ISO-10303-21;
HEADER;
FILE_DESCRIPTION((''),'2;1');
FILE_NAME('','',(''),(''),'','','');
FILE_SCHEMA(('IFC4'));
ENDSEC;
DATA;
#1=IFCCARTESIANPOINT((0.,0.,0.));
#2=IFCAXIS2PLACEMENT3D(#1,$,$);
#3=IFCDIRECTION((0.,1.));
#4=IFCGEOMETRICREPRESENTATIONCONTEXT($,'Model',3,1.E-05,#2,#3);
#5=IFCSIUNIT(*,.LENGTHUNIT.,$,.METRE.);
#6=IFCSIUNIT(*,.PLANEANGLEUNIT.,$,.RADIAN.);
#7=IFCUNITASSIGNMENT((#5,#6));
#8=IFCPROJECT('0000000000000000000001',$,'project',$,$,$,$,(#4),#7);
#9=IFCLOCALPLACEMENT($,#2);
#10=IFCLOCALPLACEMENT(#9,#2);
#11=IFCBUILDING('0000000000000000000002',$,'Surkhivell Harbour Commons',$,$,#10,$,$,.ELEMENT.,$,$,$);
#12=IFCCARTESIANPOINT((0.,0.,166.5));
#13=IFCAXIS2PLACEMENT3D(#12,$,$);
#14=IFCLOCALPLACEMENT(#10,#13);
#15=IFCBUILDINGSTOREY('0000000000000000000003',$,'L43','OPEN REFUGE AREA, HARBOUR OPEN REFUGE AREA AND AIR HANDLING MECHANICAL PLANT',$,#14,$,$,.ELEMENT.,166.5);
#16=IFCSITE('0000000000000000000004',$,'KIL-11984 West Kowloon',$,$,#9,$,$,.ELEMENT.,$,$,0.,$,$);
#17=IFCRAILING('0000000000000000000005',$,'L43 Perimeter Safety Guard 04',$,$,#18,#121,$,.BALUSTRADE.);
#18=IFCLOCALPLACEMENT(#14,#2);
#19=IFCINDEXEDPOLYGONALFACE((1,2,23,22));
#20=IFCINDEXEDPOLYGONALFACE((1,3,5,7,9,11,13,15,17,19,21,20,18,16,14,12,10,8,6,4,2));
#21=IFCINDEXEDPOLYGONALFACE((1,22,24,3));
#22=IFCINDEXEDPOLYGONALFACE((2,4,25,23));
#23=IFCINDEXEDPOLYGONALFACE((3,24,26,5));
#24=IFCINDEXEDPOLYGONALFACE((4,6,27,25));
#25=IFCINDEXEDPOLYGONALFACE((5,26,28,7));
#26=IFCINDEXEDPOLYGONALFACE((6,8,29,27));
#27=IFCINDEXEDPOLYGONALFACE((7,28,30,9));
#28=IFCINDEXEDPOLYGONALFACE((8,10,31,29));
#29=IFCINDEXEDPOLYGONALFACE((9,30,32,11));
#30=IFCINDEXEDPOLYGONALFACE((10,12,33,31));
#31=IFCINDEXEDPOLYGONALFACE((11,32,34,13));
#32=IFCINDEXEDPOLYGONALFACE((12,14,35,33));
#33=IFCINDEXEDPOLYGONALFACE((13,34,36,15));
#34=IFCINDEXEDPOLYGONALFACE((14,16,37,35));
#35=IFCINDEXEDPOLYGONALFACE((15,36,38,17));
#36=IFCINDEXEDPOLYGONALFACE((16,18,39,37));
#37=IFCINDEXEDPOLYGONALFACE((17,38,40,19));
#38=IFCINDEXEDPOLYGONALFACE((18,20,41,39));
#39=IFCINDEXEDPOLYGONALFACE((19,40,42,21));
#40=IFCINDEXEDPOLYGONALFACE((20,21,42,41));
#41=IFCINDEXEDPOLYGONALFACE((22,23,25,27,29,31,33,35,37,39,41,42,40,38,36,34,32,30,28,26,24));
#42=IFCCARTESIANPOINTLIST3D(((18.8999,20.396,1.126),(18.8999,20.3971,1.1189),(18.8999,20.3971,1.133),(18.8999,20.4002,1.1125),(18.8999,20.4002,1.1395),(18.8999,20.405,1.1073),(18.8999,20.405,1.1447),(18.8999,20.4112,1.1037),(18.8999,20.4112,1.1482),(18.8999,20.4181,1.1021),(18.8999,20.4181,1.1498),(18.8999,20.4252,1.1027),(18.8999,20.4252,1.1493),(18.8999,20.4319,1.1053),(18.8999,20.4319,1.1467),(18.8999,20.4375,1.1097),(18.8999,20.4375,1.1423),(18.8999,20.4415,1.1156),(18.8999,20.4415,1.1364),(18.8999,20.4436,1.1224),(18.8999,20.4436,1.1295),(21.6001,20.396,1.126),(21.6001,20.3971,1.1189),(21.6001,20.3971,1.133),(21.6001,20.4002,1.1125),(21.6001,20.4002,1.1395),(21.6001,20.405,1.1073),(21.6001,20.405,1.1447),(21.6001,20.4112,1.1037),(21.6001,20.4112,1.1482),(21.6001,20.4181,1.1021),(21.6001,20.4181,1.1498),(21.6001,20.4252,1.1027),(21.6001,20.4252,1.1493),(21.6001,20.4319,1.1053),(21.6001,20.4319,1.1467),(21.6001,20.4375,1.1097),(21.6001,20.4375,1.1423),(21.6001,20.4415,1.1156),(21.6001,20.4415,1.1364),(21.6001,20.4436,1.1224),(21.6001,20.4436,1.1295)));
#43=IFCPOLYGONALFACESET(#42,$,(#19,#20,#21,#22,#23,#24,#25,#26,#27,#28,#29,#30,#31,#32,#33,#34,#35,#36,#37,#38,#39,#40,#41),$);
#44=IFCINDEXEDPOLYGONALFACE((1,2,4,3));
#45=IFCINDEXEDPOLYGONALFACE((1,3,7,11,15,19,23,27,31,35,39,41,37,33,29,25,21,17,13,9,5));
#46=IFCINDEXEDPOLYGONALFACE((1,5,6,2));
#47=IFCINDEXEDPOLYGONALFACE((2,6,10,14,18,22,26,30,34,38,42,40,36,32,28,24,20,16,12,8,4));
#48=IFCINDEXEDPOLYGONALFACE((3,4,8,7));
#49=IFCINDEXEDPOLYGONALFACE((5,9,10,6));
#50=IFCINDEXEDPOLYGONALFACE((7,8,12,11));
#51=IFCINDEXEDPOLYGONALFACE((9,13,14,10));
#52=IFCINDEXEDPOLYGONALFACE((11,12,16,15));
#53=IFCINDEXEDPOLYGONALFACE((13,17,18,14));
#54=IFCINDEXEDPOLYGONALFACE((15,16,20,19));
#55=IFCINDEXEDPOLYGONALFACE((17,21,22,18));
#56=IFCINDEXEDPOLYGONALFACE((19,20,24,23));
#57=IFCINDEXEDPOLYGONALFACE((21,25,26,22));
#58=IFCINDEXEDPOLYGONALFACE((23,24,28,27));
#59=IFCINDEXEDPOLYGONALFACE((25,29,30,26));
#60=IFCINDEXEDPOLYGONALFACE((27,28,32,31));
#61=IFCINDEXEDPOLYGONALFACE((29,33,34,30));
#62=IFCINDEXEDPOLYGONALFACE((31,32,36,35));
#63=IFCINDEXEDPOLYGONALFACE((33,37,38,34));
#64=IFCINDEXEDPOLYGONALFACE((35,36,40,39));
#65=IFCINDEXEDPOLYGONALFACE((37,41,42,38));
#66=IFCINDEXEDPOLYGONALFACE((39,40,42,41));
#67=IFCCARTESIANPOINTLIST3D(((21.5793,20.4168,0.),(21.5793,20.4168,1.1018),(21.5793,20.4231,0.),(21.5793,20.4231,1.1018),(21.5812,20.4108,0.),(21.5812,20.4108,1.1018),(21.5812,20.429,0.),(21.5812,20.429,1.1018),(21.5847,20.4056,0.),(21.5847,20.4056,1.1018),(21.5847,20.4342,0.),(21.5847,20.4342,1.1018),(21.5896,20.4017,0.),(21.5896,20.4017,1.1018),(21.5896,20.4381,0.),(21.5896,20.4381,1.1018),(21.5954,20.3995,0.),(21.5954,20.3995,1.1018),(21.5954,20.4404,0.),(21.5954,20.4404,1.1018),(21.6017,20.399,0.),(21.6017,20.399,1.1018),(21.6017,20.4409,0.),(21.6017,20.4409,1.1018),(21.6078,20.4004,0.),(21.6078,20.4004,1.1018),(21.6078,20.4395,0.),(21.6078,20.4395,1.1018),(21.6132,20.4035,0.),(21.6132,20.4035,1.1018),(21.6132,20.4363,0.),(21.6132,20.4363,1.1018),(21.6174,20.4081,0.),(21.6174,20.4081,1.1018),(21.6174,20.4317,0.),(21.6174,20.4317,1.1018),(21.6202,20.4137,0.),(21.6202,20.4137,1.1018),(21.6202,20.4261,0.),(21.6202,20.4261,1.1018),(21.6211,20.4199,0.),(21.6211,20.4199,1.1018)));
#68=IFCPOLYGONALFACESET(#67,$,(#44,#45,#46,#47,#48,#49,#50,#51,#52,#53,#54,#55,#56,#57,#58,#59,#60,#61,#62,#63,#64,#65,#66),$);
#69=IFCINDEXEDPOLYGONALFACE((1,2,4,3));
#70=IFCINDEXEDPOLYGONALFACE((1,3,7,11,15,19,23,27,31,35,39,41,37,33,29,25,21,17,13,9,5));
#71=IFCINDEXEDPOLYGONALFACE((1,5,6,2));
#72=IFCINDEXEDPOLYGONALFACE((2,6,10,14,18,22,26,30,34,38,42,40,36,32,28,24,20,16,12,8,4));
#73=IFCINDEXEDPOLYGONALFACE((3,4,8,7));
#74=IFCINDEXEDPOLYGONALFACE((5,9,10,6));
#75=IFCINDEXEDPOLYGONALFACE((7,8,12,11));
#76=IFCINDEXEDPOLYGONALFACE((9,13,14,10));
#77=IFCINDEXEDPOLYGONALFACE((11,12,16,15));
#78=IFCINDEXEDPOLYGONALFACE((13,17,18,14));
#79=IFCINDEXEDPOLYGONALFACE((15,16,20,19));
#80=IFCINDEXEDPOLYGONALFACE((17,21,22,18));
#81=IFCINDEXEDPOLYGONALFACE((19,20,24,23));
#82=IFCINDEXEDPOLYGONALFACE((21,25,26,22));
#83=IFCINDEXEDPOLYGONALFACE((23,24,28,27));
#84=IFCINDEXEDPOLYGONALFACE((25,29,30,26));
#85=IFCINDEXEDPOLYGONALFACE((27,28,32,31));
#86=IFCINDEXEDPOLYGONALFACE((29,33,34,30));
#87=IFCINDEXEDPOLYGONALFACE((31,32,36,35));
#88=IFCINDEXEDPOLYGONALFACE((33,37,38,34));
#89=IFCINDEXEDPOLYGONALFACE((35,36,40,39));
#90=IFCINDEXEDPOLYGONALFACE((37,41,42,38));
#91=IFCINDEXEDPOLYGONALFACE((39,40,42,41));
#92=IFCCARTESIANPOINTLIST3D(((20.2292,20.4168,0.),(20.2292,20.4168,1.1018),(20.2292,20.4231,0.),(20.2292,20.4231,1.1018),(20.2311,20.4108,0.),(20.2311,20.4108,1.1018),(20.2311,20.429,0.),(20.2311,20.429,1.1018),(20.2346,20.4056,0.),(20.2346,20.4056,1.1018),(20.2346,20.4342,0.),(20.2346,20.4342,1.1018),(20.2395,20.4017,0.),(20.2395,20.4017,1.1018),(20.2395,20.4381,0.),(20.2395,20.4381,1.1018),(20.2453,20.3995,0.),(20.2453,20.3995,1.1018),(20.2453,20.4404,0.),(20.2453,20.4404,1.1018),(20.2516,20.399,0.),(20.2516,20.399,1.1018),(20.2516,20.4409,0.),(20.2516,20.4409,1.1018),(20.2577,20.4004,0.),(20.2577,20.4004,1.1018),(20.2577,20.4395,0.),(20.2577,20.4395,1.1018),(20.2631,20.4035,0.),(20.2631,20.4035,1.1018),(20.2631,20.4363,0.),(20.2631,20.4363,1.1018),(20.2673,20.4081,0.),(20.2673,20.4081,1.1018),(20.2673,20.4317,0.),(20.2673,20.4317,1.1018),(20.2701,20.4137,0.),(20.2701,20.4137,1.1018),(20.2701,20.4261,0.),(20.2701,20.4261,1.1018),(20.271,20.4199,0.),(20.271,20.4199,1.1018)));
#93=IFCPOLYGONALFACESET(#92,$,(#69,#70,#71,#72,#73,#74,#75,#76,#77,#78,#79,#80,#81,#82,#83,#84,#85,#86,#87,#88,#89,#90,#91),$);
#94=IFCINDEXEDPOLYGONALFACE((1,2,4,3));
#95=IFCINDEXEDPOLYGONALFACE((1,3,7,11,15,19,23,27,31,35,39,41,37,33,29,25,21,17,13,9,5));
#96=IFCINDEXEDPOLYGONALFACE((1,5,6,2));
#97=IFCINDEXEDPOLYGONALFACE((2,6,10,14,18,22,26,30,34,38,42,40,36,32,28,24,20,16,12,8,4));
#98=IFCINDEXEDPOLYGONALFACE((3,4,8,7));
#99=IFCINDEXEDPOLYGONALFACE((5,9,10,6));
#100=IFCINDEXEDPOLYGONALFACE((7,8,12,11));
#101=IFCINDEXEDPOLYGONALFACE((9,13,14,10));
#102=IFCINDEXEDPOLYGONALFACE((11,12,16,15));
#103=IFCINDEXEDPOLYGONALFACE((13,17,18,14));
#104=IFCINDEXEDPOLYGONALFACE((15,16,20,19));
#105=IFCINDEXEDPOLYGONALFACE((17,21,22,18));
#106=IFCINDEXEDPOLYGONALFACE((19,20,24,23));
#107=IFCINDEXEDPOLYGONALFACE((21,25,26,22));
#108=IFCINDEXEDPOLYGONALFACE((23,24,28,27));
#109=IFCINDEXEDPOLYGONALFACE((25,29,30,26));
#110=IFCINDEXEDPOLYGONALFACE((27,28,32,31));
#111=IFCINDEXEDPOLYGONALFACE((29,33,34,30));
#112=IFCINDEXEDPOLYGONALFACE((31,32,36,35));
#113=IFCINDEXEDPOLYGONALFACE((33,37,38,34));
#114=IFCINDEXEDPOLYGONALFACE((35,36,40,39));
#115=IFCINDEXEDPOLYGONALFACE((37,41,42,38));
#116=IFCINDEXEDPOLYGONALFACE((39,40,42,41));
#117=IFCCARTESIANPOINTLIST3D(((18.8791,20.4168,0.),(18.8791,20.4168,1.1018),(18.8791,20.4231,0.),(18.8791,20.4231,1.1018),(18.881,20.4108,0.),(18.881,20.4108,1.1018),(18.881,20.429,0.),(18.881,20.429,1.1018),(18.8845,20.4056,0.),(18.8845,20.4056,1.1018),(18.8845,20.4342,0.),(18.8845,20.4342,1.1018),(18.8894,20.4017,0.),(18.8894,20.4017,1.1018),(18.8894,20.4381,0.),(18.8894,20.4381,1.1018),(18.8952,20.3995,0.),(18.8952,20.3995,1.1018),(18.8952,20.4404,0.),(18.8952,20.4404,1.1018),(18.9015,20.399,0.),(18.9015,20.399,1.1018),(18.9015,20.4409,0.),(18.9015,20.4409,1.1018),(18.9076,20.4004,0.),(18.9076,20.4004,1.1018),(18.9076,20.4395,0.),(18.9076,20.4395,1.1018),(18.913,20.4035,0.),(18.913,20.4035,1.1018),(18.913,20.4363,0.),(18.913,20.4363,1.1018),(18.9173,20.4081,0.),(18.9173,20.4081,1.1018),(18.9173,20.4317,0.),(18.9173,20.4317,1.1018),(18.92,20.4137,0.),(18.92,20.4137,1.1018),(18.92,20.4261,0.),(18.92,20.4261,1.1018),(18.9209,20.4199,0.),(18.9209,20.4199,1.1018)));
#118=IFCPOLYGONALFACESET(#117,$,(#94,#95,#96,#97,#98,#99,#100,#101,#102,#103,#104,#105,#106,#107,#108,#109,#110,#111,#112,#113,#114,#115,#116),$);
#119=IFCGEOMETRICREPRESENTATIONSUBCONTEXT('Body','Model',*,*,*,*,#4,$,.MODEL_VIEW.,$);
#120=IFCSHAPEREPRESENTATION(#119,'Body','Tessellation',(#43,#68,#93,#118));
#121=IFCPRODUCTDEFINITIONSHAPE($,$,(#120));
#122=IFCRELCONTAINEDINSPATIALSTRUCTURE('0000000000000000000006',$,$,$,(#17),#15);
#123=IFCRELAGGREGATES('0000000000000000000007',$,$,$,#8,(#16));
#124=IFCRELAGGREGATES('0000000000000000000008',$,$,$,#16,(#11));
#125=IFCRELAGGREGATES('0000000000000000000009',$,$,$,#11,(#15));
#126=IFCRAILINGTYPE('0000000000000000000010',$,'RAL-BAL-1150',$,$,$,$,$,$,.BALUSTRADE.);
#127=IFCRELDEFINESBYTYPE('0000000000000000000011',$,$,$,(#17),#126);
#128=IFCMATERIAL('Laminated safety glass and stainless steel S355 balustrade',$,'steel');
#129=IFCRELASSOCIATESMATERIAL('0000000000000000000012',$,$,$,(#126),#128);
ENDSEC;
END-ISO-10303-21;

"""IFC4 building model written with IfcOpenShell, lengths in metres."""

from ifc_helpers import new_model, si_unit, direction, frame, origin, origin_2d, place, context, subcontext, project, spatial, circle, extrude, material, type_object, element, save


model = new_model("IFC4")

# Units and contexts
model_context = context("Model", 3, precision=1e-05, world=origin(), true_north=direction((0.0, 1.0)))
body_context = subcontext(model_context, "Body", "Model", "MODEL_VIEW")
ifc_project = project(units=[si_unit("LENGTHUNIT", "METRE"), si_unit("PLANEANGLEUNIT", "RADIAN")], contexts=[model_context])

# Site, building, storey
site_placement = place(None, origin())
site = spatial("IfcSite", under=ifc_project, at=site_placement, Name="KIL-11984 West Kowloon", CompositionType="ELEMENT", RefElevation=0.0)
building_placement = place(site_placement, origin())
building = spatial("IfcBuilding", under=site, at=building_placement, Name="Surkhivell Harbour Commons", CompositionType="ELEMENT")
storey_placement = place(building_placement, frame((0.0, 0.0, 166.5)))
storey = spatial("IfcBuildingStorey", under=building, at=storey_placement, Name="L43", Description="OPEN REFUGE AREA, HARBOUR OPEN REFUGE AREA AND AIR HANDLING MECHANICAL PLANT", CompositionType="ELEMENT", Elevation=166.5)

# Railing
ifc_material_1 = material(Name="Laminated safety glass and stainless steel S355 balustrade", Category="steel")
railing_type = type_object("IfcRailingType", Name="RAL-BAL-1150", PredefinedType="BALUSTRADE", material=ifc_material_1)
railing_1_placement = place(storey_placement, frame((21.6001, 20.4199, 0.0)))
element("IfcRailing", 1, at=railing_1_placement, inside=storey, type_object=railing_type, Name="L43 Perimeter Safety Guard 04", PredefinedType="BALUSTRADE", context=body_context, shape_type="SweptSolid", body=[
    extrude(circle(Radius=0.0239, at=origin_2d()), frame((0.0, 0.0, 1.126), z_axis=(-1.0, 0.0, 0.0), x_axis=(0.0, -1.0, 0.0)), (0.0, 0.0, 1.0), 2.7002),
    extrude(circle(Radius=0.021, at=origin_2d()), origin(), (0.0, 0.0, 1.0), 1.1018),
    extrude(circle(Radius=0.021, at=origin_2d()), frame((-1.3501, 0.0, 0.0)), (0.0, 0.0, 1.0), 1.1018),
    extrude(circle(Radius=0.021, at=origin_2d()), frame((-2.7002, 0.0, 0.0)), (0.0, 0.0, 1.0), 1.1018),
])

save(model, "model.ifc")
